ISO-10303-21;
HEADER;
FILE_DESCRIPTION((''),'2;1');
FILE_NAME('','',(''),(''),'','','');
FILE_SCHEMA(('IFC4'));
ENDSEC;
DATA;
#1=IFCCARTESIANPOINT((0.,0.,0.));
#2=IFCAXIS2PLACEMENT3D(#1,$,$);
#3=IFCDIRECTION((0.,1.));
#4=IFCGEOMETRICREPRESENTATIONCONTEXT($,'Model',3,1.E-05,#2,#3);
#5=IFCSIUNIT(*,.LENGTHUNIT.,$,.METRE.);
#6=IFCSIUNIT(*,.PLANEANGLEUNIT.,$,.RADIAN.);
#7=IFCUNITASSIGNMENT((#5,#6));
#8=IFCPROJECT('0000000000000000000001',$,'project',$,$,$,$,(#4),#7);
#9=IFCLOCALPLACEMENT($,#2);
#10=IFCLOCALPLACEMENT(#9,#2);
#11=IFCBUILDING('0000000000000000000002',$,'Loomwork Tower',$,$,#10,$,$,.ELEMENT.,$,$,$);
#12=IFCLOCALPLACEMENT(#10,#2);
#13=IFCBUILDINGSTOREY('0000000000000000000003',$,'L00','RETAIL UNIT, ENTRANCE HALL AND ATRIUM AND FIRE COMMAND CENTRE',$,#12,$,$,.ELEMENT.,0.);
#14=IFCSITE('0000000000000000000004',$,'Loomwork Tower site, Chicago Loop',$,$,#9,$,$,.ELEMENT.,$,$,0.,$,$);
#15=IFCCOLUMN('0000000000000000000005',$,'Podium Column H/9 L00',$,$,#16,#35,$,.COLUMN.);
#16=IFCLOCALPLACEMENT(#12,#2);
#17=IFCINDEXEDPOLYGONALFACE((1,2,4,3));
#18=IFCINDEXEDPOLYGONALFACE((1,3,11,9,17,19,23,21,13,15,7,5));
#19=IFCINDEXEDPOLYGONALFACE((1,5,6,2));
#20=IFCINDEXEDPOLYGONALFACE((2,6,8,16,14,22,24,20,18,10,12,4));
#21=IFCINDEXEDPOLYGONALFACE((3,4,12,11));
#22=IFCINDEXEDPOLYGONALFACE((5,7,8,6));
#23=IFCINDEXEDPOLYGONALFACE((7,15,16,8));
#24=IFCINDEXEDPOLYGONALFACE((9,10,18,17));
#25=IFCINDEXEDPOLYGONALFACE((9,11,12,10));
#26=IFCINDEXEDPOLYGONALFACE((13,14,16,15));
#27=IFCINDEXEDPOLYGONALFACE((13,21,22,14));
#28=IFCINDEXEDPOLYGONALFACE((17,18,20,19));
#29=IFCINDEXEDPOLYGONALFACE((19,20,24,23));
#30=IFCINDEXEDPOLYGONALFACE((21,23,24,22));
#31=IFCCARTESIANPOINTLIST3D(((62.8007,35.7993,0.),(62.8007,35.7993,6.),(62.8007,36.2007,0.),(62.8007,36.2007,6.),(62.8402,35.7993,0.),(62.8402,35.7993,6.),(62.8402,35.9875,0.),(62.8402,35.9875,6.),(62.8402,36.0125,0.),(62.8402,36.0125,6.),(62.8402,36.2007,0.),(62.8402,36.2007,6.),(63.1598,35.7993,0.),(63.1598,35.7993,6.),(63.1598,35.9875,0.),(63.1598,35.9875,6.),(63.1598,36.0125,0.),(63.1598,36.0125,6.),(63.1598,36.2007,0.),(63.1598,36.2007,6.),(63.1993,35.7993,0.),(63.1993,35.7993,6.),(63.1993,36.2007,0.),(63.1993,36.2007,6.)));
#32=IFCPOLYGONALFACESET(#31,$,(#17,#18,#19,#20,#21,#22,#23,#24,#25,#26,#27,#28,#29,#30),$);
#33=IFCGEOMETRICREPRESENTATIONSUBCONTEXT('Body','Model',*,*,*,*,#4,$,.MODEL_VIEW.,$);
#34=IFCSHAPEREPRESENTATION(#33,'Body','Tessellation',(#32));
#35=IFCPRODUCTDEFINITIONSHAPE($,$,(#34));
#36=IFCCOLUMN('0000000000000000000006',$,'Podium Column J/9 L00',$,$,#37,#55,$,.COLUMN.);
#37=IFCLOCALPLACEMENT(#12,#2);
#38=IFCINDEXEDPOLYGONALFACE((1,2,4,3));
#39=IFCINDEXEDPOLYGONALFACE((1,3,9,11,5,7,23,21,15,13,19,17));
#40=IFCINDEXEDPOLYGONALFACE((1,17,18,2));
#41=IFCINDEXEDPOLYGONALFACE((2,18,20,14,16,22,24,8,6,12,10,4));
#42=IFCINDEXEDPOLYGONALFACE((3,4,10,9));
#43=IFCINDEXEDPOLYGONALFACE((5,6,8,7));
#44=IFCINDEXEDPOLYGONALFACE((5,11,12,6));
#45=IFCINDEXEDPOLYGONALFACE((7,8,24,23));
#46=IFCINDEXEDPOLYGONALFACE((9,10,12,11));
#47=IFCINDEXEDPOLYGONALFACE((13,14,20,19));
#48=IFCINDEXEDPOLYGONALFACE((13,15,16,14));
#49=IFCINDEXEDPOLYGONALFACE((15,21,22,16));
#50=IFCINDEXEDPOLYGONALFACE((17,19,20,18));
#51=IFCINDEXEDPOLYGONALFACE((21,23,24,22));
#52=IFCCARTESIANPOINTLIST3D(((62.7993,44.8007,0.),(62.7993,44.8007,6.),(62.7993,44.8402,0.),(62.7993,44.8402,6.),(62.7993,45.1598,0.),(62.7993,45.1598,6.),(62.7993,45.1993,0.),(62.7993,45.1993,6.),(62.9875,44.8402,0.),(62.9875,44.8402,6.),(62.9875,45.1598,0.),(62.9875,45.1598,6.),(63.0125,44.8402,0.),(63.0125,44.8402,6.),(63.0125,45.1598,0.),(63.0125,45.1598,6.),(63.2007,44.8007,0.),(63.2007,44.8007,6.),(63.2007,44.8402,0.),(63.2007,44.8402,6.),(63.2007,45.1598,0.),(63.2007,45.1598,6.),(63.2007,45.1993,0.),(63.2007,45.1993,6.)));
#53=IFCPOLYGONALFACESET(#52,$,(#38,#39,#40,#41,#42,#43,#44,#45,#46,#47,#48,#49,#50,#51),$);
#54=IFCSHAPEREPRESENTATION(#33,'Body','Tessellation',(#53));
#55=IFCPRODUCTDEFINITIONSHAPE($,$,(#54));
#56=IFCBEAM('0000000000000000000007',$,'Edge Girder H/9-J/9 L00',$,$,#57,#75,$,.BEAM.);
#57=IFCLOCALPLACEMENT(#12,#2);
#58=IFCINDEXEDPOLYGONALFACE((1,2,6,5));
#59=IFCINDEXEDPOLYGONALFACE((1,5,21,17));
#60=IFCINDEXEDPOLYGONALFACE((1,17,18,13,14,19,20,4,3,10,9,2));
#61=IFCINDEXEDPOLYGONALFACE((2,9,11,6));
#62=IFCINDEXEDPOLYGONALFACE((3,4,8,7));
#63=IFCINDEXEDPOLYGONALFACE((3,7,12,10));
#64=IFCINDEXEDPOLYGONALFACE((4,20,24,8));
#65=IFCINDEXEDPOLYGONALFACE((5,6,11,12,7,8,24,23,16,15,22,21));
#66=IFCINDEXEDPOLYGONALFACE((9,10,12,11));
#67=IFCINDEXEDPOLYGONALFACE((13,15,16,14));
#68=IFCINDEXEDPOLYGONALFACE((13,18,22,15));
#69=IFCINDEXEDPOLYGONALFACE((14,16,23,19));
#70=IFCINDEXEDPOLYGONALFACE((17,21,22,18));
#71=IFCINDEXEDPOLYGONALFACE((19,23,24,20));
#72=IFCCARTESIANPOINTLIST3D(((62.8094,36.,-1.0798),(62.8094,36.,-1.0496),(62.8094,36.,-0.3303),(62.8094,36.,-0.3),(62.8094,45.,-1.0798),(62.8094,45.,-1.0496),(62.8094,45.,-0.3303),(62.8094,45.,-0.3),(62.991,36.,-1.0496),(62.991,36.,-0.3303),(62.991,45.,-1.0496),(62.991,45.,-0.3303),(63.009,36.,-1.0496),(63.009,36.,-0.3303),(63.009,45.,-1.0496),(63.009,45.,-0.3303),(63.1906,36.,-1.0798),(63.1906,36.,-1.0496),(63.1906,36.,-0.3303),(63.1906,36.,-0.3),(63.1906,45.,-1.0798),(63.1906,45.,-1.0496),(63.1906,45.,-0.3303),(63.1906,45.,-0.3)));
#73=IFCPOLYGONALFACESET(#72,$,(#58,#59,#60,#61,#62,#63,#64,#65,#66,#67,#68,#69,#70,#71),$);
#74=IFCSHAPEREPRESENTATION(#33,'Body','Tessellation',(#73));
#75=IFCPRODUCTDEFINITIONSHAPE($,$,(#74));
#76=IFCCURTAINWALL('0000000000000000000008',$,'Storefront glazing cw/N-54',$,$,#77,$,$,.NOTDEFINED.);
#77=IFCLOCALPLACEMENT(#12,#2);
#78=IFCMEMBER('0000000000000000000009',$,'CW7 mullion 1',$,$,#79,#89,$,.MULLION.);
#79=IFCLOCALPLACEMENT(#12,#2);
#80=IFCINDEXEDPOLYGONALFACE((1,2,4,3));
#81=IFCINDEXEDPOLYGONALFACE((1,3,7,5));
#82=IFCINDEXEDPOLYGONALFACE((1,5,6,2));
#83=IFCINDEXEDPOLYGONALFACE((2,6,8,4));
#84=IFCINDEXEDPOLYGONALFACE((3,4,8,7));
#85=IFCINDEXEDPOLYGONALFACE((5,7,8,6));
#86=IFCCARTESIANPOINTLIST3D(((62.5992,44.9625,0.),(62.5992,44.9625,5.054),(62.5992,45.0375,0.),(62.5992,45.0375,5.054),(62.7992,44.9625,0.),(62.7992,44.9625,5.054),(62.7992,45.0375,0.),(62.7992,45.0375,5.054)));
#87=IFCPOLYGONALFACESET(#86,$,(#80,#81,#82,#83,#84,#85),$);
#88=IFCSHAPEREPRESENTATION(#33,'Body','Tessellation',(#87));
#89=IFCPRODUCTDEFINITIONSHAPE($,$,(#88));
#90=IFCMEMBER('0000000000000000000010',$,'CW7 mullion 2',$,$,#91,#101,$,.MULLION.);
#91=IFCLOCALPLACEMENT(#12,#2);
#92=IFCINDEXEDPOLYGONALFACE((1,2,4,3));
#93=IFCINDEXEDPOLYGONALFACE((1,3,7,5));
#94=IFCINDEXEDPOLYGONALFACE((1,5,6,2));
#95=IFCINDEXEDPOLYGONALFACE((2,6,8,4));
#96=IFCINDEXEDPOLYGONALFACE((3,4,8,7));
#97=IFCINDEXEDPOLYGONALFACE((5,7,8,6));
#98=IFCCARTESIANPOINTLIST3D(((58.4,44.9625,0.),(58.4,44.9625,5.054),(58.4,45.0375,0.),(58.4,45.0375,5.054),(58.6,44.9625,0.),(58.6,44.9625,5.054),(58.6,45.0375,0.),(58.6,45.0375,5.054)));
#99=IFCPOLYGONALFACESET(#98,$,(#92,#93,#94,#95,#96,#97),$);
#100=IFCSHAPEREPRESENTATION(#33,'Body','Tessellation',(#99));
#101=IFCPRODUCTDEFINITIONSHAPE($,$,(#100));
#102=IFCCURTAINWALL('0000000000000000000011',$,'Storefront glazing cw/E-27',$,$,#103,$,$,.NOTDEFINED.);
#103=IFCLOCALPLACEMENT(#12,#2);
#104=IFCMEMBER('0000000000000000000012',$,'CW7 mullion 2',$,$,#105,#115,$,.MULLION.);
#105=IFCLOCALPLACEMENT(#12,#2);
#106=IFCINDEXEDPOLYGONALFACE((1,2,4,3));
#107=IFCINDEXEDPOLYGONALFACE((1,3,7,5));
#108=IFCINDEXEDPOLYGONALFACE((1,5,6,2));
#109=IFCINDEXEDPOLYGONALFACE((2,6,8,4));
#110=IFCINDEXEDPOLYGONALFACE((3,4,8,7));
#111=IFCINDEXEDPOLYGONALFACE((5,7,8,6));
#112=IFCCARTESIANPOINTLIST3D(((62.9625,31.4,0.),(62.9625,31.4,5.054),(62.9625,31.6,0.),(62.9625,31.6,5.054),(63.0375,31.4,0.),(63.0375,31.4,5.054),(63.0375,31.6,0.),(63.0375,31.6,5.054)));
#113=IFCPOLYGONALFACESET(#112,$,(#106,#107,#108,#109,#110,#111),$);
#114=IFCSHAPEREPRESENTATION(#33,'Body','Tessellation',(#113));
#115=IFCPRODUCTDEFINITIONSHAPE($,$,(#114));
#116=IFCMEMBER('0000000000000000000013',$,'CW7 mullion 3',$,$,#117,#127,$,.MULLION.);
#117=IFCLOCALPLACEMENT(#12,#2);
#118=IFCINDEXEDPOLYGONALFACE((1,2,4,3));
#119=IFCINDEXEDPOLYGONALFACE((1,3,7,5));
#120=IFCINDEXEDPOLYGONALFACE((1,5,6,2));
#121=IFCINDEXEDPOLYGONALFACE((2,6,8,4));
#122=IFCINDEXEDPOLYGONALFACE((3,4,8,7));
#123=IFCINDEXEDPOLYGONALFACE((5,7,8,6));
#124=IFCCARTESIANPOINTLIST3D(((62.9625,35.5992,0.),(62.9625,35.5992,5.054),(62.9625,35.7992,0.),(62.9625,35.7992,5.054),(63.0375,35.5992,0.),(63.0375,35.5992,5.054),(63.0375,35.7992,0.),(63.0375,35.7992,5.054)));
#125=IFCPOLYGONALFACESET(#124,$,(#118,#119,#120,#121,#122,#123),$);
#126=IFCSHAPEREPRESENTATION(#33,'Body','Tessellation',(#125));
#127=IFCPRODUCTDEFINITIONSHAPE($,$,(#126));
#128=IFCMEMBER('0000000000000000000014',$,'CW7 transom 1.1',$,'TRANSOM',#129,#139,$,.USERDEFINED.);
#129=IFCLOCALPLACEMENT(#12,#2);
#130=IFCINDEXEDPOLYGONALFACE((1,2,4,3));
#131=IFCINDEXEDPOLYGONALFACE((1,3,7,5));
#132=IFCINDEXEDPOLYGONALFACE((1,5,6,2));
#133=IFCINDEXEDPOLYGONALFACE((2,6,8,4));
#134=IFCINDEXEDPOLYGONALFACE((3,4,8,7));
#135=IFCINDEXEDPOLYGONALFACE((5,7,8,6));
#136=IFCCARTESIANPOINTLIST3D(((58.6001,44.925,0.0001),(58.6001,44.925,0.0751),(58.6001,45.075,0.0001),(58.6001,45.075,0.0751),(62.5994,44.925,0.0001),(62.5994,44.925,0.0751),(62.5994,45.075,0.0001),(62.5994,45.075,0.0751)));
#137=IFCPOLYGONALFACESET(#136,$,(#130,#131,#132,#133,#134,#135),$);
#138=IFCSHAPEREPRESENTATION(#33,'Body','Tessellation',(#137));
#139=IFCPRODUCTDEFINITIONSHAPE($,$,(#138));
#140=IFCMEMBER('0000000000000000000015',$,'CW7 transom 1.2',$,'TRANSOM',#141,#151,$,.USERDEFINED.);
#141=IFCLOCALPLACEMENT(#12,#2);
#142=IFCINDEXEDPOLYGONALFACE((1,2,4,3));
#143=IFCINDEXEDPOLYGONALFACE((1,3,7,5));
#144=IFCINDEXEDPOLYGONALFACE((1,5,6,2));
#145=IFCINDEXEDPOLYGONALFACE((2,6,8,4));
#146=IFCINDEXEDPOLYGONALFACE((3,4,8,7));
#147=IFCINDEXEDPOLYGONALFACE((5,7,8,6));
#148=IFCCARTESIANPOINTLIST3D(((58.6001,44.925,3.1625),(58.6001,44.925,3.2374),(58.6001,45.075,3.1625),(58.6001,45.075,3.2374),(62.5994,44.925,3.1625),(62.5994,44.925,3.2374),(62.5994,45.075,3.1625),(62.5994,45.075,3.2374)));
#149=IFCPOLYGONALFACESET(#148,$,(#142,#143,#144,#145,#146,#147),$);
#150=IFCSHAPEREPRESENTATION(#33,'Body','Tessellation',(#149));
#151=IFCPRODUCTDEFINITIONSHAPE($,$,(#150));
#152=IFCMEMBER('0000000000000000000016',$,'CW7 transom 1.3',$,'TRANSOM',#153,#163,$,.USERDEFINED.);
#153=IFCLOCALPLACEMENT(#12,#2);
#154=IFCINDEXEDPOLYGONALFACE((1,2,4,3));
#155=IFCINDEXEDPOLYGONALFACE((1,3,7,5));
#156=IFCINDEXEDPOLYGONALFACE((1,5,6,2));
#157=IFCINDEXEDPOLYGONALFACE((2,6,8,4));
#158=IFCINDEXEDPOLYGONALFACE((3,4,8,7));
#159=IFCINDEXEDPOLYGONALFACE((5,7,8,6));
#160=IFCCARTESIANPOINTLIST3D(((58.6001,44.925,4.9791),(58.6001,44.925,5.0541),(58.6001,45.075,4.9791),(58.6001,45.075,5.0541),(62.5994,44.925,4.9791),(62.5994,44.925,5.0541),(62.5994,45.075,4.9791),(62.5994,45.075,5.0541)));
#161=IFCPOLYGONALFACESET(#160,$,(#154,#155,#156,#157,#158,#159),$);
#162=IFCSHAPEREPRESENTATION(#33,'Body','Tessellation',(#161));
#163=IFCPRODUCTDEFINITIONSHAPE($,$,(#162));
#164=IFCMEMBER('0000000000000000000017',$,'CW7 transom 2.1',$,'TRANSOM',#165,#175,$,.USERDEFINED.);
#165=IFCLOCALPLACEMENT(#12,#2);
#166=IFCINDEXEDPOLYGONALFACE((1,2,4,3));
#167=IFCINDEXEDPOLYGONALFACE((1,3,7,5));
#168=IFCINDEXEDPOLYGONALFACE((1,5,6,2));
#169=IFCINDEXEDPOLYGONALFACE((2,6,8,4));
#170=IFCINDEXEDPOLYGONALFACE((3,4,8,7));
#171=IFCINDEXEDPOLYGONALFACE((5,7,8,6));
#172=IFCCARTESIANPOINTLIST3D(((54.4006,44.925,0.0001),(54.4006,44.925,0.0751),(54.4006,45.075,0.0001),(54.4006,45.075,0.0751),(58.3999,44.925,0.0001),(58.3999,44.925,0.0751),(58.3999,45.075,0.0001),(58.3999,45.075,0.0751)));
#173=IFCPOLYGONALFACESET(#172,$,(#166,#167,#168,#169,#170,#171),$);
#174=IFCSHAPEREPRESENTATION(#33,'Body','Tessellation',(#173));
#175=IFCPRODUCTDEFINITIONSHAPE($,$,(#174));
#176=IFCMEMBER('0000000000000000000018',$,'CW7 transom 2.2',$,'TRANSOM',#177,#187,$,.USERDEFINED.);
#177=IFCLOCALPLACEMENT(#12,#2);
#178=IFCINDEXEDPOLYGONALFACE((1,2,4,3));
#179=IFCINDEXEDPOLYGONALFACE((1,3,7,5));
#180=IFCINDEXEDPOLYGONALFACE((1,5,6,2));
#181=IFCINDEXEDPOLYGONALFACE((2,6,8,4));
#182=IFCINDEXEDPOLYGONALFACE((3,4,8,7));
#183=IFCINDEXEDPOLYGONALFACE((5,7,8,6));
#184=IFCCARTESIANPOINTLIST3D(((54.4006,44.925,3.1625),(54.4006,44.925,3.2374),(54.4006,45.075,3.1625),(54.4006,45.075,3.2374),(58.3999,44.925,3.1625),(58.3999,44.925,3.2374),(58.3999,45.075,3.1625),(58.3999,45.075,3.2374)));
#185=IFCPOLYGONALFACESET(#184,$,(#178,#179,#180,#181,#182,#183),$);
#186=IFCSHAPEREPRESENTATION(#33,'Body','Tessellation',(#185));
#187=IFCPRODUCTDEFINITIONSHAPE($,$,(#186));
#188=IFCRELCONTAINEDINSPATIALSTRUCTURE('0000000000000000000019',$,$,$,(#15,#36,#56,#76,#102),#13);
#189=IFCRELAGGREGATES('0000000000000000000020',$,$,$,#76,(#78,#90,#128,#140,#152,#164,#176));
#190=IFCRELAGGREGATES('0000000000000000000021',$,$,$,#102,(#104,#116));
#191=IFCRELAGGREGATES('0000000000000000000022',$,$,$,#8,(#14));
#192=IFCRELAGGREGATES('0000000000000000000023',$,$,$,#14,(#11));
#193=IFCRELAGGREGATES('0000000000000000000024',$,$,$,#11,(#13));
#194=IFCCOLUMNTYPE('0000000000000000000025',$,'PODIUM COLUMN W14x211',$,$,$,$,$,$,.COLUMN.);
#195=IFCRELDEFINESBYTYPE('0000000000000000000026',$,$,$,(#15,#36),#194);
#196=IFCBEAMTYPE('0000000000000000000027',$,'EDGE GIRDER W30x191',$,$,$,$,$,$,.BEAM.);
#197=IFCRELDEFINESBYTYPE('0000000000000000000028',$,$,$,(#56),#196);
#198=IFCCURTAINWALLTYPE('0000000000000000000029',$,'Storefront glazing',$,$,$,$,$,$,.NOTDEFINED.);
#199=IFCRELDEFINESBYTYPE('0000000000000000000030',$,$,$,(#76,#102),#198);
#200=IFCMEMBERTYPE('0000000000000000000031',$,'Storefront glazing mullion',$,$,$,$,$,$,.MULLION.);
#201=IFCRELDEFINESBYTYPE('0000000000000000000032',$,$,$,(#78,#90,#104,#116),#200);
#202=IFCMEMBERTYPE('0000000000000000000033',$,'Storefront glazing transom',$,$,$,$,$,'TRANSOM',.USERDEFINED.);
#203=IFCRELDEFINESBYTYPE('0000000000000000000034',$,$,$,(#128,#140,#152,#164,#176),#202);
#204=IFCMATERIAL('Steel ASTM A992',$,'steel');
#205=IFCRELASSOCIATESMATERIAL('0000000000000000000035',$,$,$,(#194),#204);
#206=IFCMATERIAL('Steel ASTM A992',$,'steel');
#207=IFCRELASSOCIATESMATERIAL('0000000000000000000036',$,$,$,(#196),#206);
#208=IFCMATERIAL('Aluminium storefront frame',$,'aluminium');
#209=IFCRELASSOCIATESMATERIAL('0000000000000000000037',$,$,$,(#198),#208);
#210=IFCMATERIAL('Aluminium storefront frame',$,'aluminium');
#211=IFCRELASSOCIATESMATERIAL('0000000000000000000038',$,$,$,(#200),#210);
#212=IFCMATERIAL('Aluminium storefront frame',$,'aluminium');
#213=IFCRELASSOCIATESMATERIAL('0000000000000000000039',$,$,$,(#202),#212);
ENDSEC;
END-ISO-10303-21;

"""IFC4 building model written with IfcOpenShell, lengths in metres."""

from ifc_helpers import new_model, si_unit, direction, frame, origin, origin_2d, place, context, subcontext, project, spatial, rectangle, i_section, extrude, material, material_profile, profile_set, type_object, element, aggregate, save


model = new_model("IFC4")

# Units and contexts
model_context = context("Model", 3, precision=1e-05, world=origin(), true_north=direction((0.0, 1.0)))
body_context = subcontext(model_context, "Body", "Model", "MODEL_VIEW")
ifc_project = project(units=[si_unit("LENGTHUNIT", "METRE"), si_unit("PLANEANGLEUNIT", "RADIAN")], contexts=[model_context])

# Site, building, storey
site_placement = place(None, origin())
site = spatial("IfcSite", under=ifc_project, at=site_placement, Name="Loomwork Tower site, Chicago Loop", CompositionType="ELEMENT", RefElevation=0.0)
building_placement = place(site_placement, origin())
building = spatial("IfcBuilding", under=site, at=building_placement, Name="Loomwork Tower", CompositionType="ELEMENT")
storey_placement = place(building_placement, origin())
storey = spatial("IfcBuildingStorey", under=building, at=storey_placement, Name="L00", Description="RETAIL UNIT, ENTRANCE HALL AND ATRIUM AND FIRE COMMAND CENTRE", CompositionType="ELEMENT", Elevation=0.0)

# Columns
ifc_material_1 = material(Name="Steel ASTM A992", Category="steel")
ifc_material_profile_1 = material_profile(ifc_material_1, i_section(OverallWidth=0.4014, OverallDepth=0.3987, WebThickness=0.0249, FlangeThickness=0.0396, at=origin_2d()), Name="W14x211")
ifc_profile_set_1 = profile_set([ifc_material_profile_1], Name="Steel ASTM A992")
column_type = type_object("IfcColumnType", Name="PODIUM COLUMN W14x211", PredefinedType="COLUMN", material=ifc_profile_set_1)
for number, where, z_axis, x_axis, name in (
    (1, (63.0, 36.0, 0.0), (0.0, 0.0, 1.0), (0.0, 1.0, 0.0), "Podium Column H/9 L00"),
    (2, (63.0, 45.0, 0.0), (0.0, 0.0, 1.0), (1.0, 0.0, 0.0), "Podium Column J/9 L00"),
):
    element("IfcColumn", number, at=place(storey_placement, frame(where, z_axis=z_axis, x_axis=x_axis)), inside=storey, type_object=column_type, Name=name, PredefinedType="COLUMN", context=body_context, shape_type="SweptSolid", body=[
        extrude(i_section(OverallWidth=0.4014, OverallDepth=0.3987, WebThickness=0.0249, FlangeThickness=0.0396, at=origin_2d()), origin(), (0.0, 0.0, 1.0), 6.0),
    ])

# Beam
ifc_material_2 = material(Name="Steel ASTM A992", Category="steel")
ifc_material_profile_2 = material_profile(ifc_material_2, i_section(OverallWidth=0.3811, OverallDepth=0.7798, WebThickness=0.0181, FlangeThickness=0.0303, at=origin_2d()), Name="W30x191")
ifc_profile_set_2 = profile_set([ifc_material_profile_2], Name="Steel ASTM A992")
beam_type = type_object("IfcBeamType", Name="EDGE GIRDER W30x191", PredefinedType="BEAM", material=ifc_profile_set_2)
beam_placement = place(storey_placement, frame((63.0, 36.0, -0.6899), z_axis=(0.0, 1.0, 0.0), x_axis=(-1.0, 0.0, 0.0)))
element("IfcBeam", 3, at=beam_placement, inside=storey, type_object=beam_type, Name="Edge Girder H/9-J/9 L00", PredefinedType="BEAM", context=body_context, shape_type="SweptSolid", body=[
    extrude(i_section(OverallWidth=0.3811, OverallDepth=0.7798, WebThickness=0.0181, FlangeThickness=0.0303, at=origin_2d()), origin(), (0.0, 0.0, 1.0), 9.0),
])

# Curtain walls, members
ifc_material_3 = material(Name="Aluminium storefront frame", Category="aluminium")
curtain_wall_type = type_object("IfcCurtainWallType", Name="Storefront glazing", PredefinedType="NOTDEFINED", material=ifc_material_3)
curtain_wall_1_placement = place(storey_placement, origin())
curtain_wall_1 = element("IfcCurtainWall", 4, at=curtain_wall_1_placement, inside=storey, type_object=curtain_wall_type, Name="Storefront glazing cw/N-54", PredefinedType="NOTDEFINED")
ifc_material_4 = material(Name="Aluminium storefront frame", Category="aluminium")
ifc_material_profile_3 = material_profile(ifc_material_4, rectangle(XDim=0.075, YDim=0.2, at=origin_2d()), Name="AL 75x200")
ifc_profile_set_3 = profile_set([ifc_material_profile_3], Name="Aluminium storefront frame")
member_type_1 = type_object("IfcMemberType", Name="Storefront glazing mullion", PredefinedType="MULLION", material=ifc_profile_set_3)
member_1_placement = place(storey_placement, frame((62.6992, 45.0, 0.0), z_axis=(0.0, 0.0, 1.0), x_axis=(0.0, -1.0, 0.0)))
member_1 = element("IfcMember", 5, at=member_1_placement, type_object=member_type_1, Name="CW7 mullion 1", PredefinedType="MULLION", context=body_context, shape_type="SweptSolid", body=[
    extrude(rectangle(XDim=0.075, YDim=0.2, at=origin_2d()), origin(), (0.0, 0.0, 1.0), 5.054),
])
member_2_placement = place(storey_placement, frame((58.5, 45.0, 0.0), z_axis=(0.0, 0.0, 1.0), x_axis=(0.0, -1.0, 0.0)))
member_2 = element("IfcMember", 6, at=member_2_placement, type_object=member_type_1, Name="CW7 mullion 2", PredefinedType="MULLION", context=body_context, shape_type="SweptSolid", body=[
    extrude(rectangle(XDim=0.075, YDim=0.2, at=origin_2d()), origin(), (0.0, 0.0, 1.0), 5.054),
])
curtain_wall_2_placement = place(storey_placement, origin())
curtain_wall_2 = element("IfcCurtainWall", 7, at=curtain_wall_2_placement, inside=storey, type_object=curtain_wall_type, Name="Storefront glazing cw/E-27", PredefinedType="NOTDEFINED")
member_3_placement = place(storey_placement, frame((63.0, 31.5, 0.0), z_axis=(0.0, 0.0, 1.0), x_axis=(-1.0, 0.0, 0.0)))
member_3 = element("IfcMember", 8, at=member_3_placement, type_object=member_type_1, Name="CW7 mullion 2", PredefinedType="MULLION", context=body_context, shape_type="SweptSolid", body=[
    extrude(rectangle(XDim=0.075, YDim=0.2, at=origin_2d()), origin(), (0.0, 0.0, 1.0), 5.054),
])
member_4_placement = place(storey_placement, frame((63.0, 35.6992, 0.0), z_axis=(0.0, 0.0, 1.0), x_axis=(-1.0, 0.0, 0.0)))
member_4 = element("IfcMember", 9, at=member_4_placement, type_object=member_type_1, Name="CW7 mullion 3", PredefinedType="MULLION", context=body_context, shape_type="SweptSolid", body=[
    extrude(rectangle(XDim=0.075, YDim=0.2, at=origin_2d()), origin(), (0.0, 0.0, 1.0), 5.054),
])

# Members
ifc_material_5 = material(Name="Aluminium storefront frame", Category="aluminium")
ifc_material_profile_4 = material_profile(ifc_material_5, rectangle(XDim=0.1499, YDim=0.075, at=origin_2d()), Name="AL 75x150")
ifc_profile_set_4 = profile_set([ifc_material_profile_4], Name="Aluminium storefront frame")
member_type_2 = type_object("IfcMemberType", Name="Storefront glazing transom", ElementType="TRANSOM", PredefinedType="USERDEFINED", material=ifc_profile_set_4)
member_5_placement = place(storey_placement, frame((62.5994, 45.0, 0.0376), z_axis=(-1.0, 0.0, 0.0), x_axis=(0.0, -1.0, 0.0)))
member_5 = element("IfcMember", 10, at=member_5_placement, type_object=member_type_2, Name="CW7 transom 1.1", ObjectType="TRANSOM", PredefinedType="USERDEFINED", context=body_context, shape_type="SweptSolid", body=[
    extrude(rectangle(XDim=0.1499, YDim=0.075, at=origin_2d()), origin(), (0.0, 0.0, 1.0), 3.9993),
])
member_6_placement = place(storey_placement, frame((62.5994, 45.0, 3.2), z_axis=(-1.0, 0.0, 0.0), x_axis=(0.0, -1.0, 0.0)))
member_6 = element("IfcMember", 11, at=member_6_placement, type_object=member_type_2, Name="CW7 transom 1.2", ObjectType="TRANSOM", PredefinedType="USERDEFINED", context=body_context, shape_type="SweptSolid", body=[
    extrude(rectangle(XDim=0.1499, YDim=0.075, at=origin_2d()), origin(), (0.0, 0.0, 1.0), 3.9993),
])
member_7_placement = place(storey_placement, frame((62.5994, 45.0, 5.0166), z_axis=(-1.0, 0.0, 0.0), x_axis=(0.0, -1.0, 0.0)))
member_7 = element("IfcMember", 12, at=member_7_placement, type_object=member_type_2, Name="CW7 transom 1.3", ObjectType="TRANSOM", PredefinedType="USERDEFINED", context=body_context, shape_type="SweptSolid", body=[
    extrude(rectangle(XDim=0.1499, YDim=0.075, at=origin_2d()), origin(), (0.0, 0.0, 1.0), 3.9993),
])
member_8_placement = place(storey_placement, frame((58.3999, 45.0, 0.0376), z_axis=(-1.0, 0.0, 0.0), x_axis=(0.0, -1.0, 0.0)))
member_8 = element("IfcMember", 13, at=member_8_placement, type_object=member_type_2, Name="CW7 transom 2.1", ObjectType="TRANSOM", PredefinedType="USERDEFINED", context=body_context, shape_type="SweptSolid", body=[
    extrude(rectangle(XDim=0.1499, YDim=0.075, at=origin_2d()), origin(), (0.0, 0.0, 1.0), 3.9993),
])
member_9_placement = place(storey_placement, frame((58.3999, 45.0, 3.2), z_axis=(-1.0, 0.0, 0.0), x_axis=(0.0, -1.0, 0.0)))
member_9 = element("IfcMember", 14, at=member_9_placement, type_object=member_type_2, Name="CW7 transom 2.2", ObjectType="TRANSOM", PredefinedType="USERDEFINED", context=body_context, shape_type="SweptSolid", body=[
    extrude(rectangle(XDim=0.1499, YDim=0.075, at=origin_2d()), origin(), (0.0, 0.0, 1.0), 3.9993),
])

aggregate(curtain_wall_1, [member_1, member_2, member_5, member_6, member_7, member_8, member_9])
aggregate(curtain_wall_2, [member_3, member_4])

save(model, "model.ifc")
